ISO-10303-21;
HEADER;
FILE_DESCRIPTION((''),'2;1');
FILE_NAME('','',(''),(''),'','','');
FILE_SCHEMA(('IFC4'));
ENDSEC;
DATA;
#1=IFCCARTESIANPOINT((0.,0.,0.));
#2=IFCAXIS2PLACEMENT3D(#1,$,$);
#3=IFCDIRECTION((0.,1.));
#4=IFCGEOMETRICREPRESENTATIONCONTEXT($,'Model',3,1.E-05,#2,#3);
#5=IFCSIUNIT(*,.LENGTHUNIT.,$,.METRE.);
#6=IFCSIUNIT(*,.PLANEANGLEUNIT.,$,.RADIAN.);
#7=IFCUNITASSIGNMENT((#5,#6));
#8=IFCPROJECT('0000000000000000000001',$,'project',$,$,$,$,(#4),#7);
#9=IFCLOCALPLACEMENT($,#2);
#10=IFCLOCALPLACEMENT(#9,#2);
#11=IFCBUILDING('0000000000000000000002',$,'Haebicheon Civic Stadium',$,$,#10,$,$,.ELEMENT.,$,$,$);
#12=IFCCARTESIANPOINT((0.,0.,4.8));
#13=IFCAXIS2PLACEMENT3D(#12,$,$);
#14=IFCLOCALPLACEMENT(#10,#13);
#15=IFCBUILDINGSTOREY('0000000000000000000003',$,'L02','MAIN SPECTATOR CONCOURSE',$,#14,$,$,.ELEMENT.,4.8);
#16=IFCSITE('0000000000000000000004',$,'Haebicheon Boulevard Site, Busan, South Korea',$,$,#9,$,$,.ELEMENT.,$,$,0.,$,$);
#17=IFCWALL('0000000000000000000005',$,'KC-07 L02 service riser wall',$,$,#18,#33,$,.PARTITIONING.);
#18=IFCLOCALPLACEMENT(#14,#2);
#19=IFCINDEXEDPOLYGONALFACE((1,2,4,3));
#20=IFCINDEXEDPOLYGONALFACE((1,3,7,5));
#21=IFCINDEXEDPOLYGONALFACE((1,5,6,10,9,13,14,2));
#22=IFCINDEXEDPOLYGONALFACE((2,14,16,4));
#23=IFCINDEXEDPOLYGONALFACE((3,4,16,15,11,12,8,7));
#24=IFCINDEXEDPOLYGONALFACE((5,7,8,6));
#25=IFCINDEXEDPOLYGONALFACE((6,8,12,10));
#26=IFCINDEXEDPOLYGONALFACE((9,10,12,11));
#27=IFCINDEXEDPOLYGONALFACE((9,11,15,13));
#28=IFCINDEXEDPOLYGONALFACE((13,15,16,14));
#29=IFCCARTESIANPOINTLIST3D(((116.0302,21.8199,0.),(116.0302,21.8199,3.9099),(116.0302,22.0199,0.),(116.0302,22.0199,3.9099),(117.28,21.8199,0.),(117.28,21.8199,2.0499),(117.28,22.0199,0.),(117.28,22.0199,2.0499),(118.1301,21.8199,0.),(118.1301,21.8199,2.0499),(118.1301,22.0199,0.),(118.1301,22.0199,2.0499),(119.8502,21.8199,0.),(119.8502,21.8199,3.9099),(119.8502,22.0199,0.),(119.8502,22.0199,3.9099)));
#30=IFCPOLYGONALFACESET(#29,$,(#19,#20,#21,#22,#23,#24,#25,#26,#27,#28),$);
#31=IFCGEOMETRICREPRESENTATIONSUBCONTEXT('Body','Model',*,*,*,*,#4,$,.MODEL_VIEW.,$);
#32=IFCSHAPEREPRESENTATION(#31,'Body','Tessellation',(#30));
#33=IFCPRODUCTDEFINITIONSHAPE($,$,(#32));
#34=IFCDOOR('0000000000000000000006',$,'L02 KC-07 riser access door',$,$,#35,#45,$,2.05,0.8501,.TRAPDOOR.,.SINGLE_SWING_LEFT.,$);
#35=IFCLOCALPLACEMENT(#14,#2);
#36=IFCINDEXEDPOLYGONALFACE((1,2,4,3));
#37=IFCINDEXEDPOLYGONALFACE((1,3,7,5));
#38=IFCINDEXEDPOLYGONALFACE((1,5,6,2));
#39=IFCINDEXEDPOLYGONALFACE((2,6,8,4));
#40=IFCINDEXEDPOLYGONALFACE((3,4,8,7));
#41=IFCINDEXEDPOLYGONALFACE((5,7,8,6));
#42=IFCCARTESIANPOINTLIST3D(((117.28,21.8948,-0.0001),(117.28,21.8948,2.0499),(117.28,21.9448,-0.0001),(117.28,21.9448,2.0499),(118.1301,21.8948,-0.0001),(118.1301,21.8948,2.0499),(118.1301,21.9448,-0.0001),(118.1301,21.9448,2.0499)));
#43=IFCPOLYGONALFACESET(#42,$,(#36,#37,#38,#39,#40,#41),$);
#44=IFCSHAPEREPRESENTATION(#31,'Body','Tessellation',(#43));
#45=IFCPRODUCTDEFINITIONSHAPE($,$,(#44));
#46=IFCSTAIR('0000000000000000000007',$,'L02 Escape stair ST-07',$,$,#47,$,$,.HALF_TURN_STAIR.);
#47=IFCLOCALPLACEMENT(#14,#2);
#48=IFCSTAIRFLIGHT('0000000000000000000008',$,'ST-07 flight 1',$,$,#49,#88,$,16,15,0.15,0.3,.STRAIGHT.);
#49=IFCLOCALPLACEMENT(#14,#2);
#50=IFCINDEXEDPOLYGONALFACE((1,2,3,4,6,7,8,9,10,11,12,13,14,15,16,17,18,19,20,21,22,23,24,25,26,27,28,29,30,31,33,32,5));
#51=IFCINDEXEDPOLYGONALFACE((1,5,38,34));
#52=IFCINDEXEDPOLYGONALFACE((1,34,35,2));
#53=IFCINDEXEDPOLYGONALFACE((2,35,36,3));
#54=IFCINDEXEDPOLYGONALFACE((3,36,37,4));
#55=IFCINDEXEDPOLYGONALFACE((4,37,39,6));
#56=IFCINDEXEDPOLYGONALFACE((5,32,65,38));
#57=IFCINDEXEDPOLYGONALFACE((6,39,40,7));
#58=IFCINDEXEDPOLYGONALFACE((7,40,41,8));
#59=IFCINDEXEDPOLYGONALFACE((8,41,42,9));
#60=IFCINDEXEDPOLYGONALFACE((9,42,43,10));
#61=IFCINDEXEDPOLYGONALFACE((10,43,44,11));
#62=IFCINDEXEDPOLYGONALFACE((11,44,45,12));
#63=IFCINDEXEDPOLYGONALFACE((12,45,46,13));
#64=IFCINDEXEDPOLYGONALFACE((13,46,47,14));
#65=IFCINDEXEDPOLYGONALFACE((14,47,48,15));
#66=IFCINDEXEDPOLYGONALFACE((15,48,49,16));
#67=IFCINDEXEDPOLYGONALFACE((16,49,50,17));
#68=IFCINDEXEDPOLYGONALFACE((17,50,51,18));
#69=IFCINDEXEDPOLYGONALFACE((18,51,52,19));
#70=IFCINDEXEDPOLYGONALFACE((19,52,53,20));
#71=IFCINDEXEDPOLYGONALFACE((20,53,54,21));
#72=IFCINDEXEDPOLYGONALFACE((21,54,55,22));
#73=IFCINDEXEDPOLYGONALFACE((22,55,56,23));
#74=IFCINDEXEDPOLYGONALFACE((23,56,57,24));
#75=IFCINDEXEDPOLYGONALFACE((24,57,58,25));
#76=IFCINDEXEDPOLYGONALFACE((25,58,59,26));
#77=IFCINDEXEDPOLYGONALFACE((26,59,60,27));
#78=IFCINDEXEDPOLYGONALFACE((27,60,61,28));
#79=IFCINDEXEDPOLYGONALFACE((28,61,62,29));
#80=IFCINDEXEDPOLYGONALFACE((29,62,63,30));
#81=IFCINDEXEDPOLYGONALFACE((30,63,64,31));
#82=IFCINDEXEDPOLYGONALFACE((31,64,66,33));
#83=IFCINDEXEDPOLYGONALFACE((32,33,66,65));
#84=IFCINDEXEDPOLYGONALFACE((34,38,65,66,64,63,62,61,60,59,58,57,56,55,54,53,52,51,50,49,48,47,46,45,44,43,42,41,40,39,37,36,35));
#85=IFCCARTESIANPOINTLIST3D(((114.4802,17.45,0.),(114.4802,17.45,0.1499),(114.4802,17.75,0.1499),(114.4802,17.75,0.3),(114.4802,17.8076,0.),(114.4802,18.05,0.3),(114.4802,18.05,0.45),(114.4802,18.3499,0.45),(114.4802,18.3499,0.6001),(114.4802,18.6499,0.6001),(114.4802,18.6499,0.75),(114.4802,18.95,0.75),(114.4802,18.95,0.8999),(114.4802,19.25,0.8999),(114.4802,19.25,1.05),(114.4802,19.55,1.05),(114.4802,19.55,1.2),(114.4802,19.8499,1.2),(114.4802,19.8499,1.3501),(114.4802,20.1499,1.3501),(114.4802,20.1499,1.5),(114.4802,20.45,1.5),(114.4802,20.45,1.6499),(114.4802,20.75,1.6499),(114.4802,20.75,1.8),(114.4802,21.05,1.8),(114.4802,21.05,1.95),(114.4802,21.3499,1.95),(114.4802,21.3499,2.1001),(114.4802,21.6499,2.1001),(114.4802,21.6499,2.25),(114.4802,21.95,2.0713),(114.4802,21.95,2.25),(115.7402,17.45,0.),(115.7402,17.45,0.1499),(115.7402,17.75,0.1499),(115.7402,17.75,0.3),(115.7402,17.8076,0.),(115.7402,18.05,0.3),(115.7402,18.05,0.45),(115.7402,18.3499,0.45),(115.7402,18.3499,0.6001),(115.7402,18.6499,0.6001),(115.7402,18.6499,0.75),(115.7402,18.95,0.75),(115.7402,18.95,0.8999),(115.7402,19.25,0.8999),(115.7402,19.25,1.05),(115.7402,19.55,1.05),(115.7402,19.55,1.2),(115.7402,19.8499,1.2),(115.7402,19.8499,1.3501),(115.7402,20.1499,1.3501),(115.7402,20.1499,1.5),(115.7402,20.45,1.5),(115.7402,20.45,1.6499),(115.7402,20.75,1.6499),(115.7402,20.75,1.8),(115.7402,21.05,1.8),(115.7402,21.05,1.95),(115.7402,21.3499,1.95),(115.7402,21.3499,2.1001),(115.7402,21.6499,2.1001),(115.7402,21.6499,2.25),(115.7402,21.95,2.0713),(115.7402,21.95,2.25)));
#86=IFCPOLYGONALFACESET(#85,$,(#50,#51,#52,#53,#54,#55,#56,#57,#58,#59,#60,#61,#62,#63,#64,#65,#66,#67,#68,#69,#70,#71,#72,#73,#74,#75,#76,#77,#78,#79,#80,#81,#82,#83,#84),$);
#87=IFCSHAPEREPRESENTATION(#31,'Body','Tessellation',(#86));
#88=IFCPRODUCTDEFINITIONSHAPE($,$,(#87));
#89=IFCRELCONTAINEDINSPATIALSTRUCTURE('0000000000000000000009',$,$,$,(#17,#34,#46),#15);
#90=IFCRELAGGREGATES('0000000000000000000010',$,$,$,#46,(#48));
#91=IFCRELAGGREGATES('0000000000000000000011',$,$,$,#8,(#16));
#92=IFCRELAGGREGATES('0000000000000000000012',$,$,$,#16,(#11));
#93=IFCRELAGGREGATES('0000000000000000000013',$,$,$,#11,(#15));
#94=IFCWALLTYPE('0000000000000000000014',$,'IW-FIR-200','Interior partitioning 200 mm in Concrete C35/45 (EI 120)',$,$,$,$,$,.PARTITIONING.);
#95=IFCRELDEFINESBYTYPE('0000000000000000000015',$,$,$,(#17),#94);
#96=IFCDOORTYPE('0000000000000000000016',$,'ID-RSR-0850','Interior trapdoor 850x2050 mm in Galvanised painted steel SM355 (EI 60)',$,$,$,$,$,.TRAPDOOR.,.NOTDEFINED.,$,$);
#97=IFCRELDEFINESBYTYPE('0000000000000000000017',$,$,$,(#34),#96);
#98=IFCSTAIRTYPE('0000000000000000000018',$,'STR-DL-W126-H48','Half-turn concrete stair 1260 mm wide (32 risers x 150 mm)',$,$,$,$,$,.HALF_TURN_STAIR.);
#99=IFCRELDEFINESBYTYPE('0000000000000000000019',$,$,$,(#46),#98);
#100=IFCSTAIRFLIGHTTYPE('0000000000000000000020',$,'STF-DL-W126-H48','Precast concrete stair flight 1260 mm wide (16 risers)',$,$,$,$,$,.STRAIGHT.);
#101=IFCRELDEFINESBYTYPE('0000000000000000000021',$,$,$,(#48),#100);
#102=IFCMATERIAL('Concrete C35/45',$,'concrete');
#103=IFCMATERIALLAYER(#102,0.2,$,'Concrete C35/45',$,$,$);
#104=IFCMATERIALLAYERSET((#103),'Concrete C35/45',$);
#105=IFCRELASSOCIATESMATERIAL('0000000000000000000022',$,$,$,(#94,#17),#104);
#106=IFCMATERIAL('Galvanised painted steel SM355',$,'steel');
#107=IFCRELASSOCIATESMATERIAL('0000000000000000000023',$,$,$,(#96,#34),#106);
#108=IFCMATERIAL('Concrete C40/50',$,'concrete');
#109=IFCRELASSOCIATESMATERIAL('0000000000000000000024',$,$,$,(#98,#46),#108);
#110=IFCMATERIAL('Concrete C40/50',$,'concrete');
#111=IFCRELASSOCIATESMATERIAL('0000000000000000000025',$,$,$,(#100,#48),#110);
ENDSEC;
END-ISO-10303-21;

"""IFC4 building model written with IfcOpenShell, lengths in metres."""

from ifc_helpers import new_model, si_unit, direction, frame, frame_2d, origin, place, context, subcontext, project, spatial, polyline, rectangle, outline, extrude, material, layer, layer_set, type_object, element, fill, aggregate, save


model = new_model("IFC4")

# Units and contexts
model_context = context("Model", 3, precision=1e-05, world=origin(), true_north=direction((0.0, 1.0)))
body_context = subcontext(model_context, "Body", "Model", "MODEL_VIEW")
ifc_project = project(units=[si_unit("LENGTHUNIT", "METRE"), si_unit("PLANEANGLEUNIT", "RADIAN")], contexts=[model_context])

# Site, building, storey
site_placement = place(None, origin())
site = spatial("IfcSite", under=ifc_project, at=site_placement, Name="Haebicheon Boulevard Site, Busan, South Korea", CompositionType="ELEMENT", RefElevation=0.0)
building_placement = place(site_placement, origin())
building = spatial("IfcBuilding", under=site, at=building_placement, Name="Haebicheon Civic Stadium", CompositionType="ELEMENT")
storey_placement = place(building_placement, frame((0.0, 0.0, 4.8)))
storey = spatial("IfcBuildingStorey", under=building, at=storey_placement, Name="L02", Description="MAIN SPECTATOR CONCOURSE", CompositionType="ELEMENT", Elevation=4.8)

# Wall, opening, door
ifc_material_1 = material(Name="Concrete C35/45", Category="concrete")
ifc_layer_1 = layer(ifc_material_1, 0.2, Name="Concrete C35/45")
ifc_layer_set_1 = layer_set([ifc_layer_1], Name="Concrete C35/45")
wall_type_1 = type_object("IfcWallType", Name="IW-FIR-200", Description="Interior partitioning 200 mm in Concrete C35/45 (EI 120)", PredefinedType="PARTITIONING", material=ifc_layer_set_1)
wall_1_placement = place(storey_placement, frame((116.03, 21.9199, 0.0), z_axis=(0.0, 0.0, 1.0), x_axis=(1.0, 0.0, 0.0)))
wall_1 = element("IfcWall", 1, at=wall_1_placement, inside=storey, type_object=wall_type_1, material=ifc_layer_set_1, Name="KC-07 L02 service riser wall", PredefinedType="PARTITIONING", context=body_context, shape_type="SweptSolid", body=[
    extrude(rectangle(XDim=3.8201, YDim=0.2, at=frame_2d((1.9102, 0.0))), origin(), (0.0, 0.0, 1.0), 3.9099),
])
opening_1_placement = place(wall_1_placement, frame((1.25, 0.0, 0.0)))
opening_1 = element("IfcOpeningElement", 2, at=opening_1_placement, cuts=wall_1, PredefinedType="OPENING", context=body_context, shape_type="SweptSolid", body=[
    extrude(rectangle(XDim=0.8501, YDim=2.05, at=frame_2d((0.425, 1.0249))), frame((0.0, 0.1099, 0.0), z_axis=(0.0, -1.0, 0.0), x_axis=(1.0, 0.0, 0.0)), (0.0, 0.0, 1.0), 0.22),
])
ifc_material_2 = material(Name="Galvanised painted steel SM355", Category="steel")
door_type_1 = type_object("IfcDoorType", Name="ID-RSR-0850", Description="Interior trapdoor 850x2050 mm in Galvanised painted steel SM355 (EI 60)", OperationType="NOTDEFINED", PredefinedType="TRAPDOOR", material=ifc_material_2)
door_1_placement = place(opening_1_placement, origin())
door_1 = element("IfcDoor", 3, at=door_1_placement, inside=storey, type_object=door_type_1, material=ifc_material_2, Name="L02 KC-07 riser access door", OperationType="SINGLE_SWING_LEFT", OverallHeight=2.05, OverallWidth=0.8501, PredefinedType="TRAPDOOR", context=body_context, shape_type="SweptSolid", body=[
    extrude(rectangle(XDim=0.8501, YDim=2.05, at=frame_2d((0.425, 1.0249))), frame((0.0, 0.0249, 0.0), z_axis=(0.0, -1.0, 0.0), x_axis=(1.0, 0.0, 0.0)), (0.0, 0.0, 1.0), 0.05),
])
fill(opening_1, door_1)

# Stair, stair flight
ifc_material_3 = material(Name="Concrete C40/50", Category="concrete")
stair_type = type_object("IfcStairType", Name="STR-DL-W126-H48", Description="Half-turn concrete stair 1260 mm wide (32 risers x 150 mm)", PredefinedType="HALF_TURN_STAIR", material=ifc_material_3)
stair_placement = place(storey_placement, origin())
stair = element("IfcStair", 4, at=stair_placement, inside=storey, type_object=stair_type, material=ifc_material_3, Name="L02 Escape stair ST-07", PredefinedType="HALF_TURN_STAIR")
ifc_material_4 = material(Name="Concrete C40/50", Category="concrete")
stair_flight_type = type_object("IfcStairFlightType", Name="STF-DL-W126-H48", Description="Precast concrete stair flight 1260 mm wide (16 risers)", PredefinedType="STRAIGHT", material=ifc_material_4)
stair_flight_placement = place(storey_placement, frame((115.1101, 17.45, 0.0), z_axis=(0.0, 0.0, 1.0), x_axis=(0.0, 1.0, 0.0)))
stair_flight = element("IfcStairFlight", 5, at=stair_flight_placement, type_object=stair_flight_type, material=ifc_material_4, Name="ST-07 flight 1", NumberOfRisers=16, NumberOfTreads=15, PredefinedType="STRAIGHT", RiserHeight=0.15, TreadLength=0.3, context=body_context, shape_type="SweptSolid", body=[
    extrude(outline(polyline([(0.0, 0.0), (0.0, 0.1499), (0.3, 0.1499), (0.3, 0.3), (0.6001, 0.3), (0.6001, 0.45), (0.8999, 0.45), (0.8999, 0.6001), (1.2, 0.6001), (1.2, 0.75), (1.5, 0.75), (1.5, 0.8999), (1.8, 0.8999), (1.8, 1.05), (2.1001, 1.05), (2.1001, 1.2), (2.3999, 1.2), (2.3999, 1.3501), (2.7, 1.3501), (2.7, 1.5), (3.0, 1.5), (3.0, 1.6499), (3.3, 1.6499), (3.3, 1.8), (3.6001, 1.8), (3.6001, 1.95), (3.8999, 1.95), (3.8999, 2.1001), (4.2, 2.1001), (4.2, 2.25), (4.5, 2.25), (4.5, 2.3999), (4.5, 2.0713), (0.3577, 0.0), (0.0, 0.0)])), frame((0.0, 0.6299, 0.0), z_axis=(0.0, -1.0, 0.0), x_axis=(1.0, 0.0, 0.0)), (0.0, 0.0, 1.0), 1.26),
])
aggregate(stair, [stair_flight])

save(model, "model.ifc")
